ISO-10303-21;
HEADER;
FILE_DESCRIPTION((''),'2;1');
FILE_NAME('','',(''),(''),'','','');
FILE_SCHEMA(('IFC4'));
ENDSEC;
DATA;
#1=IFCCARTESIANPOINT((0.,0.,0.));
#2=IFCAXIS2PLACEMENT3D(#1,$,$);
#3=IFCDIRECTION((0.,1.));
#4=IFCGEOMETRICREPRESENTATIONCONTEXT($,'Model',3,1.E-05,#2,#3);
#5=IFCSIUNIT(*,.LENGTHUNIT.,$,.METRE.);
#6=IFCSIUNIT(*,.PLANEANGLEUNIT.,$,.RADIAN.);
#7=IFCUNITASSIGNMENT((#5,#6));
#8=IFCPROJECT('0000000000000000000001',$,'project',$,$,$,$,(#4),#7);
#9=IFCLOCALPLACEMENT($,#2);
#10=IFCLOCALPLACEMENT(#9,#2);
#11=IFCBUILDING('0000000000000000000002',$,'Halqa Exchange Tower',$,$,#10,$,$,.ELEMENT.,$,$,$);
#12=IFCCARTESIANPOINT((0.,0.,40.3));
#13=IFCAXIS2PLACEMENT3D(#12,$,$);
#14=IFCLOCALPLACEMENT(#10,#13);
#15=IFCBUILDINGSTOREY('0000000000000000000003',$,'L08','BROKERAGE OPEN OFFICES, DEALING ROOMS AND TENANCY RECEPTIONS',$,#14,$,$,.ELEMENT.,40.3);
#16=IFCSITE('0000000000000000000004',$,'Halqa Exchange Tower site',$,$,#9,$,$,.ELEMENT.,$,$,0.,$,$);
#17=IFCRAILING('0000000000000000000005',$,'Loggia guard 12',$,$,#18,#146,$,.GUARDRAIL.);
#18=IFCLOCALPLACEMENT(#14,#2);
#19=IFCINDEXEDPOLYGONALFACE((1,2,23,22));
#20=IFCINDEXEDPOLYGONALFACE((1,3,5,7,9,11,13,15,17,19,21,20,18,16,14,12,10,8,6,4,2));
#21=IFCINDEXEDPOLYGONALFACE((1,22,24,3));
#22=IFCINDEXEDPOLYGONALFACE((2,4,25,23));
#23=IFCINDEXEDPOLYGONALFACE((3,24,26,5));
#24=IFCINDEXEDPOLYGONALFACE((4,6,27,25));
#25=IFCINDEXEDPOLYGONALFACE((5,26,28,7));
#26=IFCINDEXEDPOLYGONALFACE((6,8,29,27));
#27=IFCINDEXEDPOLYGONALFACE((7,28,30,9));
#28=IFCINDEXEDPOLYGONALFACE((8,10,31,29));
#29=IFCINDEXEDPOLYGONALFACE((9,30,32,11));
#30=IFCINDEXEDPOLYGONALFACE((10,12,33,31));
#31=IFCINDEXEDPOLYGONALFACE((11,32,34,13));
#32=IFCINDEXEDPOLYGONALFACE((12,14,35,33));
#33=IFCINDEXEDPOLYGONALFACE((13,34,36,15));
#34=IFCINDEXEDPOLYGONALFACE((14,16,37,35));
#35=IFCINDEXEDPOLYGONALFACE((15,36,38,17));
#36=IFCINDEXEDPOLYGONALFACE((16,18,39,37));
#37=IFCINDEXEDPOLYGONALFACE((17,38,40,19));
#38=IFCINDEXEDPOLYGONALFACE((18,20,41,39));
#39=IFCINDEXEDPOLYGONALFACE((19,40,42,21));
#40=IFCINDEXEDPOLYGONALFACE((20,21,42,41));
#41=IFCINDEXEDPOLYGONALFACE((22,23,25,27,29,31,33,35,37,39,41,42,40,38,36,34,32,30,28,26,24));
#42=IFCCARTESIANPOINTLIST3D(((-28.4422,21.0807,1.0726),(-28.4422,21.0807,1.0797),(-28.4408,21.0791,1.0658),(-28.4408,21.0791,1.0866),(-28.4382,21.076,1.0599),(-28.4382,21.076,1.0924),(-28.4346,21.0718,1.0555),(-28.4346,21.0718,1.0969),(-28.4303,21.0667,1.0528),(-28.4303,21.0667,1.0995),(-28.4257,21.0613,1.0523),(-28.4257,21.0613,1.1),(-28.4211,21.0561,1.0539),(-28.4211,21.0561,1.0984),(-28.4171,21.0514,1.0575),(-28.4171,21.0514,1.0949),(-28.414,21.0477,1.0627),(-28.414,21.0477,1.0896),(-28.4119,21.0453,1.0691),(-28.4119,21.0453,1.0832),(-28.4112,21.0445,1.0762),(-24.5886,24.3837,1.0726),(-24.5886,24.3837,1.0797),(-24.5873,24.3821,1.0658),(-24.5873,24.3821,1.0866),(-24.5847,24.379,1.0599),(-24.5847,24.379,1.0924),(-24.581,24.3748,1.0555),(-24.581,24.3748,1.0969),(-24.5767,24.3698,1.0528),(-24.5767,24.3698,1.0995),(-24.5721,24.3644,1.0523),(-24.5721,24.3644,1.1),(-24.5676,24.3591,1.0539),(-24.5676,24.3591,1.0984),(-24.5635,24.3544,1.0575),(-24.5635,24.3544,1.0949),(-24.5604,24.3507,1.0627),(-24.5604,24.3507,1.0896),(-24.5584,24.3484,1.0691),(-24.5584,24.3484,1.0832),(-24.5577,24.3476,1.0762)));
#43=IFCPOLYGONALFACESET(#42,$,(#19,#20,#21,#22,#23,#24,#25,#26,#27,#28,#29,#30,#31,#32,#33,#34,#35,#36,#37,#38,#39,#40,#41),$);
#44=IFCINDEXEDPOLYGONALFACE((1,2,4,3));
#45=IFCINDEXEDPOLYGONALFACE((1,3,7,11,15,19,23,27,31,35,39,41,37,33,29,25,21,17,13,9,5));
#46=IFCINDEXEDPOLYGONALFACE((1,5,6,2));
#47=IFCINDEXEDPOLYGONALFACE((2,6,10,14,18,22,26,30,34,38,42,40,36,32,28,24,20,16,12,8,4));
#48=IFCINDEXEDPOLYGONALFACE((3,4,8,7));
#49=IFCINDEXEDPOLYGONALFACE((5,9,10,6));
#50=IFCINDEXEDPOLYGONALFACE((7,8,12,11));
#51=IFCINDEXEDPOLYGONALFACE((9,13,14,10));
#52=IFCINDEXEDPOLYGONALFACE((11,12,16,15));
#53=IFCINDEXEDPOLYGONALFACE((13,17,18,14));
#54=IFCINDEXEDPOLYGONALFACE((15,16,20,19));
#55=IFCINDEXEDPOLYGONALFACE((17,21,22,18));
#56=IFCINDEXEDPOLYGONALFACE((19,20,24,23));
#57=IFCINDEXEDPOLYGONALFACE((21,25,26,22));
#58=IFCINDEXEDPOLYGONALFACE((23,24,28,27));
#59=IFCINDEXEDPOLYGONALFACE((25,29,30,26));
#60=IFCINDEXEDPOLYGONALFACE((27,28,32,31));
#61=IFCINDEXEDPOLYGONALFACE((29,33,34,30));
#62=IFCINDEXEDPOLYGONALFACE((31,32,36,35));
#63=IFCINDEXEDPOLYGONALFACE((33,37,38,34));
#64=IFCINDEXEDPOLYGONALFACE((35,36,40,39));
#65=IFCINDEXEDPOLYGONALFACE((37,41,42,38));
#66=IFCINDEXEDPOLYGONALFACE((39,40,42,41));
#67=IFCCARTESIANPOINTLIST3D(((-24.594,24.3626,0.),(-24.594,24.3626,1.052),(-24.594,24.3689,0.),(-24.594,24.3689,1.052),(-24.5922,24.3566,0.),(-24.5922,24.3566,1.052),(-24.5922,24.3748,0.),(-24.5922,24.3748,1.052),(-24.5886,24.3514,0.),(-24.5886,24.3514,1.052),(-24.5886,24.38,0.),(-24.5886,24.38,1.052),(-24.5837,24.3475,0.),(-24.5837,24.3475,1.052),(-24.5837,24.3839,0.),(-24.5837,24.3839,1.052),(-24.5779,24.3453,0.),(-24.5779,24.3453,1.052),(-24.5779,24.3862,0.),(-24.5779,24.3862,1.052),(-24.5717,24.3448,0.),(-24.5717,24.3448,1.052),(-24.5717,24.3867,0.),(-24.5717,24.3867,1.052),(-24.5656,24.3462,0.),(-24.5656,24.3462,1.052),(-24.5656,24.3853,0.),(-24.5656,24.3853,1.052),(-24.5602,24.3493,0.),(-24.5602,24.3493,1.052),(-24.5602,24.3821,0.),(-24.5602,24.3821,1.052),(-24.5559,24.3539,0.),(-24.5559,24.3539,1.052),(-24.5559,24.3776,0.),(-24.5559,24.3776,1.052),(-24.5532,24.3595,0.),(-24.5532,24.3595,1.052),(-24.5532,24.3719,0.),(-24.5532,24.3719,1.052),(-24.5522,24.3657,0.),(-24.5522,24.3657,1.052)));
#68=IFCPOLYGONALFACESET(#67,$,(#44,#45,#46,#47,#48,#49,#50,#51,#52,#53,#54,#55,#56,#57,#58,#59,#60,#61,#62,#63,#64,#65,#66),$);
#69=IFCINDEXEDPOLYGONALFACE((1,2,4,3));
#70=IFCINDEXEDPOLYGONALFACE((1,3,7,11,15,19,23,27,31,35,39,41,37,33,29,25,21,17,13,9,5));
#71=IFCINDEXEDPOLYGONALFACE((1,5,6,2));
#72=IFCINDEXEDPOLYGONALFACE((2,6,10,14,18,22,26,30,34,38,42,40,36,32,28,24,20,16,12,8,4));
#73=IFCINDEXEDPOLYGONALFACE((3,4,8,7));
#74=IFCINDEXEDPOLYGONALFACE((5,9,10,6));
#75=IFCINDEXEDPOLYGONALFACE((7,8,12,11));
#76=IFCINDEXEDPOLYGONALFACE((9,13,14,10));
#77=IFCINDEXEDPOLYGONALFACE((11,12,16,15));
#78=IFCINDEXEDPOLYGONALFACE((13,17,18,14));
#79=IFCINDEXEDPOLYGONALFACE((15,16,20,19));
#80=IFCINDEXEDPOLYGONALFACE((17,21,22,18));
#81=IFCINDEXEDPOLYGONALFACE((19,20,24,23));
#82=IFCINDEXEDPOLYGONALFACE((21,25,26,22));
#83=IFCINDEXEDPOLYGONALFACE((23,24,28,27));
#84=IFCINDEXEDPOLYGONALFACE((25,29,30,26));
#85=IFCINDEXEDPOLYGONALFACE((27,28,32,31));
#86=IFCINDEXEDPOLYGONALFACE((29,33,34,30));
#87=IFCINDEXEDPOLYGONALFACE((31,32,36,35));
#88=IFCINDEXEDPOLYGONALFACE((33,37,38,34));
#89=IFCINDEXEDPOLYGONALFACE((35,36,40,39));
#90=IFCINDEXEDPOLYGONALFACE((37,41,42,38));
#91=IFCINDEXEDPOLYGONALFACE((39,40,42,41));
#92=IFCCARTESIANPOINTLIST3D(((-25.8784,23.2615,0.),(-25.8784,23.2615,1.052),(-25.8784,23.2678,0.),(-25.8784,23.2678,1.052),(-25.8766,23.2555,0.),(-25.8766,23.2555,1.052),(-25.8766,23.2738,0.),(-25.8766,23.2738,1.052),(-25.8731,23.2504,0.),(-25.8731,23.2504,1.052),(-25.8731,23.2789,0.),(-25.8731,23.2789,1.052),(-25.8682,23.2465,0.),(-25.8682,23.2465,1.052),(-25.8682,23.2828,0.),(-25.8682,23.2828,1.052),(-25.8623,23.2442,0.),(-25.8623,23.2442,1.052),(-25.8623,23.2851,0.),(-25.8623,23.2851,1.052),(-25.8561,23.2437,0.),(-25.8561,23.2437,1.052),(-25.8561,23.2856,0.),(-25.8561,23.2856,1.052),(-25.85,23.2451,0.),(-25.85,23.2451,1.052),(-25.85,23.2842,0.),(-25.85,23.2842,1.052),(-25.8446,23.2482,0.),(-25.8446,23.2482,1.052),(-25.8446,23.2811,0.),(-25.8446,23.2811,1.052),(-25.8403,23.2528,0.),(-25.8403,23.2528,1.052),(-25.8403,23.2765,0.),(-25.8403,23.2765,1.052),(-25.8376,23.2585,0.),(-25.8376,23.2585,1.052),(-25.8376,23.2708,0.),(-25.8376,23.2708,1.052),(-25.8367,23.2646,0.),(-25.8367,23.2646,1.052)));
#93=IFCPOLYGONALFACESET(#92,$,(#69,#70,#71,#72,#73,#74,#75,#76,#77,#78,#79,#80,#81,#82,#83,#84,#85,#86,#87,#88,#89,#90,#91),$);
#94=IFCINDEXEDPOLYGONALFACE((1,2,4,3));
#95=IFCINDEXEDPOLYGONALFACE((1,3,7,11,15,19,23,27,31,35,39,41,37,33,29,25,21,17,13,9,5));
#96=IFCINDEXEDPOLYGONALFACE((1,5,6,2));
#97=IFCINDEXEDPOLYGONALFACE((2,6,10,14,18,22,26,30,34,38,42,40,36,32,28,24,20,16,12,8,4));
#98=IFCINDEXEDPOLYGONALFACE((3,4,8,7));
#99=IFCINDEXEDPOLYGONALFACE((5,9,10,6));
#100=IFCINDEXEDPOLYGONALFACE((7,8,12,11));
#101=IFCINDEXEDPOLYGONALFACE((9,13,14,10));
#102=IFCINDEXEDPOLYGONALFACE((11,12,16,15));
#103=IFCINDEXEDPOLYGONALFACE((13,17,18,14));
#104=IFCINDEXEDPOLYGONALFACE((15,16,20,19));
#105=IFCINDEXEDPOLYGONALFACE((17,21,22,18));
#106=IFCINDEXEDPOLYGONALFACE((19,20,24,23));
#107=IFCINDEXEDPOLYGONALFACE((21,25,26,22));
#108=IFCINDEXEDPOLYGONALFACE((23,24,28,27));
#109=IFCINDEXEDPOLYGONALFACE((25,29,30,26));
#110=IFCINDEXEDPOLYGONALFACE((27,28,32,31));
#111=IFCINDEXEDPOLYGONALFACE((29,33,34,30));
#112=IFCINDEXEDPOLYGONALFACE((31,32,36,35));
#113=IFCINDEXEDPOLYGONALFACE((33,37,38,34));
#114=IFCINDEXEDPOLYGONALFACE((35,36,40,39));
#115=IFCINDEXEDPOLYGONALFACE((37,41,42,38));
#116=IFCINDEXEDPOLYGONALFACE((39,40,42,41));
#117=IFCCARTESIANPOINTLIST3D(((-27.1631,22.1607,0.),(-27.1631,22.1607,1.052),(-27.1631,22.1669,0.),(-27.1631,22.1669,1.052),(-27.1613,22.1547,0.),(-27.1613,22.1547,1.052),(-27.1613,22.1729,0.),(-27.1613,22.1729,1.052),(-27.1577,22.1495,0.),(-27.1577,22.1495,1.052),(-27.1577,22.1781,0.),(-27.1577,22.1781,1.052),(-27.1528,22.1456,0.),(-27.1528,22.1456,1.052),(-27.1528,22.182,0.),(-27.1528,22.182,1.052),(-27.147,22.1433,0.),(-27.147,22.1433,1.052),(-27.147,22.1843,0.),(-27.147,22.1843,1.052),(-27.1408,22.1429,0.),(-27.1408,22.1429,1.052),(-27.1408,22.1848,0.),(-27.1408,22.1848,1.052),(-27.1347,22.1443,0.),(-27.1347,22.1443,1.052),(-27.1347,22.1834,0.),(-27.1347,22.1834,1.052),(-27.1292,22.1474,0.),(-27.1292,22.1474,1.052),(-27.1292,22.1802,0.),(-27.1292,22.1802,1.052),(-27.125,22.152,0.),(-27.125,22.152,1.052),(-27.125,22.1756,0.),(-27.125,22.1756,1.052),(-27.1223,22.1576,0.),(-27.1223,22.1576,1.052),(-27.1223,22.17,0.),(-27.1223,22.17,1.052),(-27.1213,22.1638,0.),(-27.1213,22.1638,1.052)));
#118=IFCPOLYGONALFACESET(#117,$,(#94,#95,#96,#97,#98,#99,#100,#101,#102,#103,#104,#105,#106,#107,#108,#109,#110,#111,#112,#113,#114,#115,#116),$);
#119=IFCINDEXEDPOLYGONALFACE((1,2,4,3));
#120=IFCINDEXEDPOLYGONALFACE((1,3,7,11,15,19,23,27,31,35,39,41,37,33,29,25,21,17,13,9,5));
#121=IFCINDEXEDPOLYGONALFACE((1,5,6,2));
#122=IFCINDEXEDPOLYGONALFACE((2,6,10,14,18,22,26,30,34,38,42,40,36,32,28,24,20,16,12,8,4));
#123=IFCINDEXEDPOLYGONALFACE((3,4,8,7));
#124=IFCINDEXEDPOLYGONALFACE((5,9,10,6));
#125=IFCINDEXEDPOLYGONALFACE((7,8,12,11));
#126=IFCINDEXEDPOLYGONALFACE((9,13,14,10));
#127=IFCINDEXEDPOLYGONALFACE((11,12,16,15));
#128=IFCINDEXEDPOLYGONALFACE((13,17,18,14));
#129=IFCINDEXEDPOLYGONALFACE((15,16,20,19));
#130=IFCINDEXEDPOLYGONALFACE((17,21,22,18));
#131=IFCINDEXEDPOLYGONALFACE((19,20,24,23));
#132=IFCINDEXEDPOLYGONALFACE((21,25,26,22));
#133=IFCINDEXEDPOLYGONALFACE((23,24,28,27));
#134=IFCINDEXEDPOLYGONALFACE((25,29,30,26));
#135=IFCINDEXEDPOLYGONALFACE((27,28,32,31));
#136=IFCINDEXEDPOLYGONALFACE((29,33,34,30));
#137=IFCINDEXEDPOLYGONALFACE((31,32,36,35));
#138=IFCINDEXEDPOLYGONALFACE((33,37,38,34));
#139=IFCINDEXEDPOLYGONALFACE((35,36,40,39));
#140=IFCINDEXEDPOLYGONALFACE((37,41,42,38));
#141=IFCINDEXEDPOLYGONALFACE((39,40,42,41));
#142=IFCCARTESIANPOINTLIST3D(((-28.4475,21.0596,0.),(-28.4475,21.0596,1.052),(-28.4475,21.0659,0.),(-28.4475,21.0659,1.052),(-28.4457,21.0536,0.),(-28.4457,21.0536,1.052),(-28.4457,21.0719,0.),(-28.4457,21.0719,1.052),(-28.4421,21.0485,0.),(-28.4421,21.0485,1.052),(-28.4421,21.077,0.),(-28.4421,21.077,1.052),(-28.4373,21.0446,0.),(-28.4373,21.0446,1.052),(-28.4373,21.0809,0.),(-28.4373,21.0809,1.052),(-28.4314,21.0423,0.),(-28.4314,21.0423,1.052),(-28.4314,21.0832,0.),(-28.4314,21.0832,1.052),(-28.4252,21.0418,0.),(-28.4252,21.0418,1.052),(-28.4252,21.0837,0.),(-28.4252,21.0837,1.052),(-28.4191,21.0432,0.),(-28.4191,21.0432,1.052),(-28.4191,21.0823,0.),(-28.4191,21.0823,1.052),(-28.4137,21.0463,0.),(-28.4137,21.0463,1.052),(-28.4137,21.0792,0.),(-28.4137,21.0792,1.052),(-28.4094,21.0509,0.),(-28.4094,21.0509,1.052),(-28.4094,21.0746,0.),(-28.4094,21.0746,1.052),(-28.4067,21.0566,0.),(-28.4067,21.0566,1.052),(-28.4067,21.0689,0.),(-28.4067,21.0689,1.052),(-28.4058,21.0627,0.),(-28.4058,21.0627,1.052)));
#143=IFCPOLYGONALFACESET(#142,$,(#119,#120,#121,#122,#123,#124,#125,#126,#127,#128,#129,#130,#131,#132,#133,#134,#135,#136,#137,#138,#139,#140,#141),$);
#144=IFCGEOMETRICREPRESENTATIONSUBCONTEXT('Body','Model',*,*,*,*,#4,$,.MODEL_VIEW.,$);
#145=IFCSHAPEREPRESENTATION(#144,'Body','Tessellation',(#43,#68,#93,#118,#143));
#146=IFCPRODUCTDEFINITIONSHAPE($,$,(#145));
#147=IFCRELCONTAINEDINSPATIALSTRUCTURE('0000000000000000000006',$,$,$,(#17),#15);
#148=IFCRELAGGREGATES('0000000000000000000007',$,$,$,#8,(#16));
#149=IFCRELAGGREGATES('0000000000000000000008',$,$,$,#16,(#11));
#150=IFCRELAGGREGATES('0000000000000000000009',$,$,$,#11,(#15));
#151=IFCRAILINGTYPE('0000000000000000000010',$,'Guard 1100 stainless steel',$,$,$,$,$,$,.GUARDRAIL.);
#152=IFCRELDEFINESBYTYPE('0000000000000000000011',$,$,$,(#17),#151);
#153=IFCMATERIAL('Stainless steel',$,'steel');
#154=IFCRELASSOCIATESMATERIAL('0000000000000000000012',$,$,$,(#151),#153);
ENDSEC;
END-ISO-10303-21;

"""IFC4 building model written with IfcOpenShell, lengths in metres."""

from ifc_helpers import new_model, si_unit, direction, frame, origin, origin_2d, place, context, subcontext, project, spatial, circle, extrude, material, type_object, element, save


model = new_model("IFC4")

# Units and contexts
model_context = context("Model", 3, precision=1e-05, world=origin(), true_north=direction((0.0, 1.0)))
body_context = subcontext(model_context, "Body", "Model", "MODEL_VIEW")
ifc_project = project(units=[si_unit("LENGTHUNIT", "METRE"), si_unit("PLANEANGLEUNIT", "RADIAN")], contexts=[model_context])

# Site, building, storey
site_placement = place(None, origin())
site = spatial("IfcSite", under=ifc_project, at=site_placement, Name="Halqa Exchange Tower site", CompositionType="ELEMENT", RefElevation=0.0)
building_placement = place(site_placement, origin())
building = spatial("IfcBuilding", under=site, at=building_placement, Name="Halqa Exchange Tower", CompositionType="ELEMENT")
storey_placement = place(building_placement, frame((0.0, 0.0, 40.3)))
storey = spatial("IfcBuildingStorey", under=building, at=storey_placement, Name="L08", Description="BROKERAGE OPEN OFFICES, DEALING ROOMS AND TENANCY RECEPTIONS", CompositionType="ELEMENT", Elevation=40.3)

# Railing
ifc_material_1 = material(Name="Stainless steel", Category="steel")
railing_type = type_object("IfcRailingType", Name="Guard 1100 stainless steel", PredefinedType="GUARDRAIL", material=ifc_material_1)
railing_1_placement = place(storey_placement, frame((-24.5732, 24.3657, 0.0)))
element("IfcRailing", 1, at=railing_1_placement, inside=storey, type_object=railing_type, Name="Loggia guard 12", PredefinedType="GUARDRAIL", context=body_context, shape_type="SweptSolid", body=[
    extrude(circle(Radius=0.0239, at=origin_2d()), frame((0.0, 0.0, 1.0762), z_axis=(-0.75926, -0.650787, 0.0), x_axis=(0.650787, -0.75926, 0.0)), (0.0, 0.0, 1.0), 5.0754),
    extrude(circle(Radius=0.021, at=origin_2d()), origin(), (0.0, 0.0, 1.0), 1.052),
    extrude(circle(Radius=0.021, at=origin_2d()), frame((-1.2844, -1.1011, 0.0)), (0.0, 0.0, 1.0), 1.052),
    extrude(circle(Radius=0.021, at=origin_2d()), frame((-2.5691, -2.2019, 0.0)), (0.0, 0.0, 1.0), 1.052),
    extrude(circle(Radius=0.021, at=origin_2d()), frame((-3.8535, -3.303, 0.0)), (0.0, 0.0, 1.0), 1.052),
])

save(model, "model.ifc")
